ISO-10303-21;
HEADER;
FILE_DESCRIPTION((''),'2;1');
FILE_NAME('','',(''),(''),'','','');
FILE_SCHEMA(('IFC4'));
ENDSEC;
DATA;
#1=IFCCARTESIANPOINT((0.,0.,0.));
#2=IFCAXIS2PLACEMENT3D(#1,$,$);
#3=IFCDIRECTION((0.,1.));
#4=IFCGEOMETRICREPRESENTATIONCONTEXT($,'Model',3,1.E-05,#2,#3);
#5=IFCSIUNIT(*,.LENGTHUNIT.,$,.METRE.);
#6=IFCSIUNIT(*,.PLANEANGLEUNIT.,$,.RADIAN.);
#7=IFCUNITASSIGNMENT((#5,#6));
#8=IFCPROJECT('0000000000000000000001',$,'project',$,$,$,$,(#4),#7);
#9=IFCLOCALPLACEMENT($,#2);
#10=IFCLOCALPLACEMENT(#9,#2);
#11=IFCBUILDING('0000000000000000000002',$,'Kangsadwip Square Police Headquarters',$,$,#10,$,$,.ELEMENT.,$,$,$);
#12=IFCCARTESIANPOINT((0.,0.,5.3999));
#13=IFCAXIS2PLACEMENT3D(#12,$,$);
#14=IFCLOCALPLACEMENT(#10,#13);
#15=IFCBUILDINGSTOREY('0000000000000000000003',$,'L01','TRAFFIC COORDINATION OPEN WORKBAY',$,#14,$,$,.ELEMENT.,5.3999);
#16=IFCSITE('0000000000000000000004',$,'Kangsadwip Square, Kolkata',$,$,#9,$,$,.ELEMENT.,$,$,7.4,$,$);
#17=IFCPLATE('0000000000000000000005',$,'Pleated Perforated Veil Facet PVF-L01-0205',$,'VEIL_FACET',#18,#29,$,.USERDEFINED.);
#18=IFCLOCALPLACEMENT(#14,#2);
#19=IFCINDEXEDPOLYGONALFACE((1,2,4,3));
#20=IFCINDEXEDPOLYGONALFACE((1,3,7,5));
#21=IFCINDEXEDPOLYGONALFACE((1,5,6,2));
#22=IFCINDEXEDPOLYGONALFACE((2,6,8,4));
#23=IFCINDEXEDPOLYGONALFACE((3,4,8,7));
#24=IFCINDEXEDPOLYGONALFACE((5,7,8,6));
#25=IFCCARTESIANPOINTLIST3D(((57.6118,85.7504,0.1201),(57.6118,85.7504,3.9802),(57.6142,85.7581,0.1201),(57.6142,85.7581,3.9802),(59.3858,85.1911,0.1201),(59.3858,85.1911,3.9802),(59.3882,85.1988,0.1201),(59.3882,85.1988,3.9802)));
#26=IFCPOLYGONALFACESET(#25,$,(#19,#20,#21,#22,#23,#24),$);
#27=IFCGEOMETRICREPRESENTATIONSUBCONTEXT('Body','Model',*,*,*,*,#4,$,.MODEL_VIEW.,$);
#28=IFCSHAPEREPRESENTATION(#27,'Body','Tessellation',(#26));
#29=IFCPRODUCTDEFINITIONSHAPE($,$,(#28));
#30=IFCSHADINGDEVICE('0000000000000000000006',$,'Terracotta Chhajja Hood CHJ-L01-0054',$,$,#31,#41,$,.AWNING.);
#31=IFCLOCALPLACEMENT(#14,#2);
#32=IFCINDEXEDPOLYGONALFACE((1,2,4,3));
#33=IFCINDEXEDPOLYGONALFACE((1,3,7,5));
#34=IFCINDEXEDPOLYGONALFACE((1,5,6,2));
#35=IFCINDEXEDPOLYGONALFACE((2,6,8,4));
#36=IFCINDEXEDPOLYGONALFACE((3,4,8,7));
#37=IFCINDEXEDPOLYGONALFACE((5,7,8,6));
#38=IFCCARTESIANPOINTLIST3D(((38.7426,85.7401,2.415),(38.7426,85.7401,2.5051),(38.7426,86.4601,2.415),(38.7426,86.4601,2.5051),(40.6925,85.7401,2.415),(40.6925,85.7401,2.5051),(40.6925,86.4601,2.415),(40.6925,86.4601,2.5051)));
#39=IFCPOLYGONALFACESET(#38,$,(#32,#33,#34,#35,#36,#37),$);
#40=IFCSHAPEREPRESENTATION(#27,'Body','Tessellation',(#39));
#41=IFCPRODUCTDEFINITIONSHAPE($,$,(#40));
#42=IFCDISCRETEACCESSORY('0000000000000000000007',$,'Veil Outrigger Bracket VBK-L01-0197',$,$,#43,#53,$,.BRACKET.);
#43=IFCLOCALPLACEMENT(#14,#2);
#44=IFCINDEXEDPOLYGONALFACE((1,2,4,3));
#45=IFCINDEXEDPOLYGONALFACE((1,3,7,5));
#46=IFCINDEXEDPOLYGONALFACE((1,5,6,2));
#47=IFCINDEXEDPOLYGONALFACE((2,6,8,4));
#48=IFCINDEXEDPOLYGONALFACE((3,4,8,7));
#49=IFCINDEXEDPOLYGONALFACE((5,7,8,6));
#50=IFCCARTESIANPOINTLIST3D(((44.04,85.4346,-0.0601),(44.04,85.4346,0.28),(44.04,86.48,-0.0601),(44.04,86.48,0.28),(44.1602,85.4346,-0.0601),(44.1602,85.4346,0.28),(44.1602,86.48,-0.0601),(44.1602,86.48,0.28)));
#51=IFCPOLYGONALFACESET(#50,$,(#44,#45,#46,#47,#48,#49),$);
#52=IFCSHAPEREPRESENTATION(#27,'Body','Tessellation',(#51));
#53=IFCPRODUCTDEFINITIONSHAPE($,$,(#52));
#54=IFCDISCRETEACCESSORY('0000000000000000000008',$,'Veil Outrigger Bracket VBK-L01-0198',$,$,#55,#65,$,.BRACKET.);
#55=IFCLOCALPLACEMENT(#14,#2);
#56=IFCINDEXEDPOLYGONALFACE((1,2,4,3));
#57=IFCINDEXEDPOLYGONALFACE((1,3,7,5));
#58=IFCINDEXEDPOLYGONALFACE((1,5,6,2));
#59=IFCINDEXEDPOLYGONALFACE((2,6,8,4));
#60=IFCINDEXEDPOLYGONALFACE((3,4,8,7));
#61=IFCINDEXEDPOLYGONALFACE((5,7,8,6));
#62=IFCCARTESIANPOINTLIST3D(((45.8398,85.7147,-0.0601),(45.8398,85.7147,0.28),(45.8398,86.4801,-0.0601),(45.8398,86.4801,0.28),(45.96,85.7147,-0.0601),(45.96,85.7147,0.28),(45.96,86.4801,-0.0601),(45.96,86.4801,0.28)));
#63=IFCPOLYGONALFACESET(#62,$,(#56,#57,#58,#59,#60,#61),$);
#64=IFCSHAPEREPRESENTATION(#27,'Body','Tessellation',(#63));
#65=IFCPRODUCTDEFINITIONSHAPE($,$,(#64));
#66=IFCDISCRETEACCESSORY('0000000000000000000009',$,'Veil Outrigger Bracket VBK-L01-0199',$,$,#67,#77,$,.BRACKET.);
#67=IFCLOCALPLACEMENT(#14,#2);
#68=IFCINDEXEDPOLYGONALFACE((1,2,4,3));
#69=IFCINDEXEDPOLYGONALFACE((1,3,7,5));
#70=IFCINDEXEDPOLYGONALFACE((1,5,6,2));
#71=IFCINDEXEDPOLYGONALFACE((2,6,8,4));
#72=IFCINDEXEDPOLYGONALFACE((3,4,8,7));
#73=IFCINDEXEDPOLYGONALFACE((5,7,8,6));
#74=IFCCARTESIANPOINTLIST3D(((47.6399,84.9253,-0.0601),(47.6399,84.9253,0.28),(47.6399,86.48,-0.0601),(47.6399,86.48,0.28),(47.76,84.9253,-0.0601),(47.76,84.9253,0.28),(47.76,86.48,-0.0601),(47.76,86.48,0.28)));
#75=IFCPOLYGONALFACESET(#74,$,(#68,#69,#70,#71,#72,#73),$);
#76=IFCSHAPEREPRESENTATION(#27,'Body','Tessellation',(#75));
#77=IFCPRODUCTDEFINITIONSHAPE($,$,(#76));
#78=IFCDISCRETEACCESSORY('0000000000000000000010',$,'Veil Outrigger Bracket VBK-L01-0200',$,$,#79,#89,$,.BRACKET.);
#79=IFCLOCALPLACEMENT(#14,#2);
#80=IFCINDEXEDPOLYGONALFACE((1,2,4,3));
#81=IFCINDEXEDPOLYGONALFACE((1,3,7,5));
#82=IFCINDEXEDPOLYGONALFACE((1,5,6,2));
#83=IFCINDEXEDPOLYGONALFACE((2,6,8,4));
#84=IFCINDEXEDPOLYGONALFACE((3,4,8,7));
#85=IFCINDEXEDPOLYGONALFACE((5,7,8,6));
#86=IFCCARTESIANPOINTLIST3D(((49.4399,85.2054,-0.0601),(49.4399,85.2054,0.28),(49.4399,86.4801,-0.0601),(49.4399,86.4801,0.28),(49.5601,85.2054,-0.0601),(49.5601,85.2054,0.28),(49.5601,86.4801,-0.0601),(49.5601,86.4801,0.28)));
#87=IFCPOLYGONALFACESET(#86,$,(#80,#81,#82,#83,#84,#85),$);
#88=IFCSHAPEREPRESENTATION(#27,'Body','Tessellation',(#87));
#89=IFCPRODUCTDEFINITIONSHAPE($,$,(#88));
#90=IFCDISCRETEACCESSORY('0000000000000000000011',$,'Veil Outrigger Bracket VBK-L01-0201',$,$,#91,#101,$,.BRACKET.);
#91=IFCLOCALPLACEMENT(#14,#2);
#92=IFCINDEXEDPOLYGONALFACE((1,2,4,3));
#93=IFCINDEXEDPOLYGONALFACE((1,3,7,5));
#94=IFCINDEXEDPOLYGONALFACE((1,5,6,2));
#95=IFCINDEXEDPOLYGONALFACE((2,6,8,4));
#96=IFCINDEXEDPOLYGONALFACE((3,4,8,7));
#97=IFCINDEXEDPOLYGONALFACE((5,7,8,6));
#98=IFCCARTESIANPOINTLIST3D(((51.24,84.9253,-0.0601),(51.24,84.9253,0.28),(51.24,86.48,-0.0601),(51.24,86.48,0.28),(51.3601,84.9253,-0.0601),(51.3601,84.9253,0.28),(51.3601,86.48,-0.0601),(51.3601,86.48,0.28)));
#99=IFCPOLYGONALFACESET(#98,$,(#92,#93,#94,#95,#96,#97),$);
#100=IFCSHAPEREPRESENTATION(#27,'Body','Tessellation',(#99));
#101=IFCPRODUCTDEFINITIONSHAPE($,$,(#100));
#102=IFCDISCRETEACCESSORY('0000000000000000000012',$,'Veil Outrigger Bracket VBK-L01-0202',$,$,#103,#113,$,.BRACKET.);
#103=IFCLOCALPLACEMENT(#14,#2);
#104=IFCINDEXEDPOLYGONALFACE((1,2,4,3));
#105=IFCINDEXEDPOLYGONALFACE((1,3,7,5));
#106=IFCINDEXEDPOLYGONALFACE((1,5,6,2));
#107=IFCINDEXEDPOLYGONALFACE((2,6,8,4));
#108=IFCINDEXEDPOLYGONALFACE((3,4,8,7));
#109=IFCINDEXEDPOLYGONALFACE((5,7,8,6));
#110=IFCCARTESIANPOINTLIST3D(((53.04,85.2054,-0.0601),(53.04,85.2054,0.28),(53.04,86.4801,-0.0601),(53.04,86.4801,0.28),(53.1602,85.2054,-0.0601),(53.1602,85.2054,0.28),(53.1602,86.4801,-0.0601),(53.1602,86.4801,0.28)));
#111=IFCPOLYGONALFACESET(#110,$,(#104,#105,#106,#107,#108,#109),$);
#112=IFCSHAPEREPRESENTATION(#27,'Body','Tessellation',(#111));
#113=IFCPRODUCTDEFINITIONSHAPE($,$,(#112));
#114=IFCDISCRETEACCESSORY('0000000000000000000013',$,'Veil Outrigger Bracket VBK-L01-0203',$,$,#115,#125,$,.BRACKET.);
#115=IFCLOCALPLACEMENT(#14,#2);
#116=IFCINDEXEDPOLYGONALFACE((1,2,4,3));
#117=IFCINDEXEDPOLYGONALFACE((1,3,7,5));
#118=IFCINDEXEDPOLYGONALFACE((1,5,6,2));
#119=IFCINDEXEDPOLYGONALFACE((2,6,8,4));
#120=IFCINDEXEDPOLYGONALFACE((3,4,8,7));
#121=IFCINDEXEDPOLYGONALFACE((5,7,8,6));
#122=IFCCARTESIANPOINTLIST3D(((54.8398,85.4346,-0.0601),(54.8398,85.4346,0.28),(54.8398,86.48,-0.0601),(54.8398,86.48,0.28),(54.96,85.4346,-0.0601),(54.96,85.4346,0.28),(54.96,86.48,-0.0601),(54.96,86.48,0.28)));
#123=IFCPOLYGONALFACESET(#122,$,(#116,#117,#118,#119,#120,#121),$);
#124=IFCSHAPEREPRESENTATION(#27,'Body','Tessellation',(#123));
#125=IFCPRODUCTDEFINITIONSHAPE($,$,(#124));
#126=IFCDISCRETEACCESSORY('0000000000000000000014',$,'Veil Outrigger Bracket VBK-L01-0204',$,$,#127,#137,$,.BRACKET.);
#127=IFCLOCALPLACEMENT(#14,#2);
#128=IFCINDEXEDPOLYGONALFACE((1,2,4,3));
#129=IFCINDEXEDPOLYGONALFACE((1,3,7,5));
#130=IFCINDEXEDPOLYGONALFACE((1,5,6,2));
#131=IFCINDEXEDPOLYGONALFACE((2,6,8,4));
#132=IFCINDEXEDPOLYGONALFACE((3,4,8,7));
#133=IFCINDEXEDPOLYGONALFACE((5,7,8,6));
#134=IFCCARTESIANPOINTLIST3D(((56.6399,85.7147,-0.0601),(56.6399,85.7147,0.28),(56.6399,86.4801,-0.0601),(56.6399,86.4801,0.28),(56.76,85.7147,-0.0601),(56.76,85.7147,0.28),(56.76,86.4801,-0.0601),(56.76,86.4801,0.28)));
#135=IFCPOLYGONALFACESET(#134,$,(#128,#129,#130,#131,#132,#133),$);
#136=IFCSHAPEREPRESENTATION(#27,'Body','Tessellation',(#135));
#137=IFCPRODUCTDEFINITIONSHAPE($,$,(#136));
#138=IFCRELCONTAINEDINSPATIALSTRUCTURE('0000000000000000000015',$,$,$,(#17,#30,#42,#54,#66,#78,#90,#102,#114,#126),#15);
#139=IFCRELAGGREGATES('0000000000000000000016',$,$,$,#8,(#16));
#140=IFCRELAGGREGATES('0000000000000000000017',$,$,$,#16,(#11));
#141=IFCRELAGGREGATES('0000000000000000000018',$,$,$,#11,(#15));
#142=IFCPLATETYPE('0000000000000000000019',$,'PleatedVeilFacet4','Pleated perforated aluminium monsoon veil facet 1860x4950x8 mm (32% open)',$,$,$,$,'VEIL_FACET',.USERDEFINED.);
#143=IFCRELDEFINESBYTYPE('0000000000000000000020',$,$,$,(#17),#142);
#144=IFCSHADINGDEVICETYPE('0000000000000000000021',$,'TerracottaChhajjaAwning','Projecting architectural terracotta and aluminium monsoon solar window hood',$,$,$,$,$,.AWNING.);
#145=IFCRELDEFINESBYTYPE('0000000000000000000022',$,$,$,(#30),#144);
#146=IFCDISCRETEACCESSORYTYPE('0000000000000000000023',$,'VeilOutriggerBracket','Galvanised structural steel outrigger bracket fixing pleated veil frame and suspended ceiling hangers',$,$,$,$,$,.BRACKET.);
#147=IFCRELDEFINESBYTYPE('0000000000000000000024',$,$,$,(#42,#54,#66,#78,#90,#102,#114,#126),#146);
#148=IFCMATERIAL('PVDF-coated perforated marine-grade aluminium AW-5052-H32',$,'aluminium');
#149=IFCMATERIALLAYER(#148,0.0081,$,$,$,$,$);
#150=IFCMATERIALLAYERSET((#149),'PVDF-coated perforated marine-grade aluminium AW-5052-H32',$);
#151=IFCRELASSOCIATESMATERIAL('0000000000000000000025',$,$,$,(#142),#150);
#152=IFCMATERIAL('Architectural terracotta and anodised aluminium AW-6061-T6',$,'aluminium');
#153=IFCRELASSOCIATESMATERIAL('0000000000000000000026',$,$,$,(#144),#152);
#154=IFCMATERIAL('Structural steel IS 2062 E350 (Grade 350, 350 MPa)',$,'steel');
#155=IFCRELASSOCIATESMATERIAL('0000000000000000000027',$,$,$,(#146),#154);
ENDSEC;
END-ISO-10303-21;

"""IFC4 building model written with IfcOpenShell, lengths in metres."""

from ifc_helpers import new_model, si_unit, direction, frame, origin, origin_2d, place, context, subcontext, project, spatial, rectangle, extrude, material, layer, layer_set, type_object, element, save


model = new_model("IFC4")

# Units and contexts
model_context = context("Model", 3, precision=1e-05, world=origin(), true_north=direction((0.0, 1.0)))
body_context = subcontext(model_context, "Body", "Model", "MODEL_VIEW")
ifc_project = project(units=[si_unit("LENGTHUNIT", "METRE"), si_unit("PLANEANGLEUNIT", "RADIAN")], contexts=[model_context])

# Site, building, storey
site_placement = place(None, origin())
site = spatial("IfcSite", under=ifc_project, at=site_placement, Name="Kangsadwip Square, Kolkata", CompositionType="ELEMENT", RefElevation=7.4)
building_placement = place(site_placement, origin())
building = spatial("IfcBuilding", under=site, at=building_placement, Name="Kangsadwip Square Police Headquarters", CompositionType="ELEMENT")
storey_placement = place(building_placement, frame((0.0, 0.0, 5.3999)))
storey = spatial("IfcBuildingStorey", under=building, at=storey_placement, Name="L01", Description="TRAFFIC COORDINATION OPEN WORKBAY", CompositionType="ELEMENT", Elevation=5.3999)

# Plate
ifc_material_1 = material(Name="PVDF-coated perforated marine-grade aluminium AW-5052-H32", Category="aluminium")
ifc_layer_1 = layer(ifc_material_1, 0.0081)
ifc_layer_set_1 = layer_set([ifc_layer_1], Name="PVDF-coated perforated marine-grade aluminium AW-5052-H32")
plate_type_1 = type_object("IfcPlateType", Name="PleatedVeilFacet4", Description="Pleated perforated aluminium monsoon veil facet 1860x4950x8 mm (32% open)", ElementType="VEIL_FACET", PredefinedType="USERDEFINED", material=ifc_layer_set_1)
for number, where, z_axis, x_axis, name in (
    (1, (58.5, 85.4746, 0.1201), (0.0, 0.0, 1.0), (0.953717, -0.300706, 0.0), "Pleated Perforated Veil Facet PVF-L01-0205"),
):
    element("IfcPlate", number, at=place(storey_placement, frame(where, z_axis=z_axis, x_axis=x_axis)), inside=storey, type_object=plate_type_1, Name=name, ObjectType="VEIL_FACET", PredefinedType="USERDEFINED", context=body_context, shape_type="SweptSolid", body=[
        extrude(rectangle(XDim=1.8601, YDim=0.0081, at=origin_2d()), origin(), (0.0, 0.0, 1.0), 3.8601),
    ])

# Shading device
ifc_material_2 = material(Name="Architectural terracotta and anodised aluminium AW-6061-T6", Category="aluminium")
shading_device_type = type_object("IfcShadingDeviceType", Name="TerracottaChhajjaAwning", Description="Projecting architectural terracotta and aluminium monsoon solar window hood", PredefinedType="AWNING", material=ifc_material_2)
shading_device_placement = place(storey_placement, frame((39.7175, 86.1001, 2.415), z_axis=(0.0, 0.0, 1.0), x_axis=(1.0, 0.0, 0.0)))
element("IfcShadingDevice", 2, at=shading_device_placement, inside=storey, type_object=shading_device_type, Name="Terracotta Chhajja Hood CHJ-L01-0054", PredefinedType="AWNING", context=body_context, shape_type="SweptSolid", body=[
    extrude(rectangle(XDim=1.95, YDim=0.72, at=origin_2d()), origin(), (0.0, 0.0, 1.0), 0.0901),
])

# Discrete accessories
ifc_material_3 = material(Name="Structural steel IS 2062 E350 (Grade 350, 350 MPa)", Category="steel")
discrete_accessory_type = type_object("IfcDiscreteAccessoryType", Name="VeilOutriggerBracket", Description="Galvanised structural steel outrigger bracket fixing pleated veil frame and suspended ceiling hangers", PredefinedType="BRACKET", material=ifc_material_3)
discrete_accessory_1_placement = place(storey_placement, frame((44.1001, 85.9573, -0.0601), z_axis=(0.0, 0.0, 1.0), x_axis=(1.0, 0.0, 0.0)))
element("IfcDiscreteAccessory", 3, at=discrete_accessory_1_placement, inside=storey, type_object=discrete_accessory_type, Name="Veil Outrigger Bracket VBK-L01-0197", PredefinedType="BRACKET", context=body_context, shape_type="SweptSolid", body=[
    extrude(rectangle(XDim=0.1201, YDim=1.0454, at=origin_2d()), origin(), (0.0, 0.0, 1.0), 0.3401),
])
discrete_accessory_2_placement = place(storey_placement, frame((45.8999, 86.0974, -0.0601), z_axis=(0.0, 0.0, 1.0), x_axis=(1.0, 0.0, 0.0)))
element("IfcDiscreteAccessory", 4, at=discrete_accessory_2_placement, inside=storey, type_object=discrete_accessory_type, Name="Veil Outrigger Bracket VBK-L01-0198", PredefinedType="BRACKET", context=body_context, shape_type="SweptSolid", body=[
    extrude(rectangle(XDim=0.1201, YDim=0.7654, at=origin_2d()), origin(), (0.0, 0.0, 1.0), 0.3401),
])
discrete_accessory_3_placement = place(storey_placement, frame((47.7, 85.7026, -0.0601), z_axis=(0.0, 0.0, 1.0), x_axis=(1.0, 0.0, 0.0)))
element("IfcDiscreteAccessory", 5, at=discrete_accessory_3_placement, inside=storey, type_object=discrete_accessory_type, Name="Veil Outrigger Bracket VBK-L01-0199", PredefinedType="BRACKET", context=body_context, shape_type="SweptSolid", body=[
    extrude(rectangle(XDim=0.1201, YDim=1.5547, at=origin_2d()), origin(), (0.0, 0.0, 1.0), 0.3401),
])
discrete_accessory_4_placement = place(storey_placement, frame((49.5, 85.8428, -0.0601), z_axis=(0.0, 0.0, 1.0), x_axis=(1.0, 0.0, 0.0)))
element("IfcDiscreteAccessory", 6, at=discrete_accessory_4_placement, inside=storey, type_object=discrete_accessory_type, Name="Veil Outrigger Bracket VBK-L01-0200", PredefinedType="BRACKET", context=body_context, shape_type="SweptSolid", body=[
    extrude(rectangle(XDim=0.1201, YDim=1.2747, at=origin_2d()), origin(), (0.0, 0.0, 1.0), 0.3401),
])
discrete_accessory_5_placement = place(storey_placement, frame((51.3, 85.7026, -0.0601), z_axis=(0.0, 0.0, 1.0), x_axis=(1.0, 0.0, 0.0)))
element("IfcDiscreteAccessory", 7, at=discrete_accessory_5_placement, inside=storey, type_object=discrete_accessory_type, Name="Veil Outrigger Bracket VBK-L01-0201", PredefinedType="BRACKET", context=body_context, shape_type="SweptSolid", body=[
    extrude(rectangle(XDim=0.1201, YDim=1.5547, at=origin_2d()), origin(), (0.0, 0.0, 1.0), 0.3401),
])
discrete_accessory_6_placement = place(storey_placement, frame((53.1001, 85.8428, -0.0601), z_axis=(0.0, 0.0, 1.0), x_axis=(1.0, 0.0, 0.0)))
element("IfcDiscreteAccessory", 8, at=discrete_accessory_6_placement, inside=storey, type_object=discrete_accessory_type, Name="Veil Outrigger Bracket VBK-L01-0202", PredefinedType="BRACKET", context=body_context, shape_type="SweptSolid", body=[
    extrude(rectangle(XDim=0.1201, YDim=1.2747, at=origin_2d()), origin(), (0.0, 0.0, 1.0), 0.3401),
])
discrete_accessory_7_placement = place(storey_placement, frame((54.8999, 85.9573, -0.0601), z_axis=(0.0, 0.0, 1.0), x_axis=(1.0, 0.0, 0.0)))
element("IfcDiscreteAccessory", 9, at=discrete_accessory_7_placement, inside=storey, type_object=discrete_accessory_type, Name="Veil Outrigger Bracket VBK-L01-0203", PredefinedType="BRACKET", context=body_context, shape_type="SweptSolid", body=[
    extrude(rectangle(XDim=0.1201, YDim=1.0454, at=origin_2d()), origin(), (0.0, 0.0, 1.0), 0.3401),
])
discrete_accessory_8_placement = place(storey_placement, frame((56.7, 86.0974, -0.0601), z_axis=(0.0, 0.0, 1.0), x_axis=(1.0, 0.0, 0.0)))
element("IfcDiscreteAccessory", 10, at=discrete_accessory_8_placement, inside=storey, type_object=discrete_accessory_type, Name="Veil Outrigger Bracket VBK-L01-0204", PredefinedType="BRACKET", context=body_context, shape_type="SweptSolid", body=[
    extrude(rectangle(XDim=0.1201, YDim=0.7654, at=origin_2d()), origin(), (0.0, 0.0, 1.0), 0.3401),
])

save(model, "model.ifc")
